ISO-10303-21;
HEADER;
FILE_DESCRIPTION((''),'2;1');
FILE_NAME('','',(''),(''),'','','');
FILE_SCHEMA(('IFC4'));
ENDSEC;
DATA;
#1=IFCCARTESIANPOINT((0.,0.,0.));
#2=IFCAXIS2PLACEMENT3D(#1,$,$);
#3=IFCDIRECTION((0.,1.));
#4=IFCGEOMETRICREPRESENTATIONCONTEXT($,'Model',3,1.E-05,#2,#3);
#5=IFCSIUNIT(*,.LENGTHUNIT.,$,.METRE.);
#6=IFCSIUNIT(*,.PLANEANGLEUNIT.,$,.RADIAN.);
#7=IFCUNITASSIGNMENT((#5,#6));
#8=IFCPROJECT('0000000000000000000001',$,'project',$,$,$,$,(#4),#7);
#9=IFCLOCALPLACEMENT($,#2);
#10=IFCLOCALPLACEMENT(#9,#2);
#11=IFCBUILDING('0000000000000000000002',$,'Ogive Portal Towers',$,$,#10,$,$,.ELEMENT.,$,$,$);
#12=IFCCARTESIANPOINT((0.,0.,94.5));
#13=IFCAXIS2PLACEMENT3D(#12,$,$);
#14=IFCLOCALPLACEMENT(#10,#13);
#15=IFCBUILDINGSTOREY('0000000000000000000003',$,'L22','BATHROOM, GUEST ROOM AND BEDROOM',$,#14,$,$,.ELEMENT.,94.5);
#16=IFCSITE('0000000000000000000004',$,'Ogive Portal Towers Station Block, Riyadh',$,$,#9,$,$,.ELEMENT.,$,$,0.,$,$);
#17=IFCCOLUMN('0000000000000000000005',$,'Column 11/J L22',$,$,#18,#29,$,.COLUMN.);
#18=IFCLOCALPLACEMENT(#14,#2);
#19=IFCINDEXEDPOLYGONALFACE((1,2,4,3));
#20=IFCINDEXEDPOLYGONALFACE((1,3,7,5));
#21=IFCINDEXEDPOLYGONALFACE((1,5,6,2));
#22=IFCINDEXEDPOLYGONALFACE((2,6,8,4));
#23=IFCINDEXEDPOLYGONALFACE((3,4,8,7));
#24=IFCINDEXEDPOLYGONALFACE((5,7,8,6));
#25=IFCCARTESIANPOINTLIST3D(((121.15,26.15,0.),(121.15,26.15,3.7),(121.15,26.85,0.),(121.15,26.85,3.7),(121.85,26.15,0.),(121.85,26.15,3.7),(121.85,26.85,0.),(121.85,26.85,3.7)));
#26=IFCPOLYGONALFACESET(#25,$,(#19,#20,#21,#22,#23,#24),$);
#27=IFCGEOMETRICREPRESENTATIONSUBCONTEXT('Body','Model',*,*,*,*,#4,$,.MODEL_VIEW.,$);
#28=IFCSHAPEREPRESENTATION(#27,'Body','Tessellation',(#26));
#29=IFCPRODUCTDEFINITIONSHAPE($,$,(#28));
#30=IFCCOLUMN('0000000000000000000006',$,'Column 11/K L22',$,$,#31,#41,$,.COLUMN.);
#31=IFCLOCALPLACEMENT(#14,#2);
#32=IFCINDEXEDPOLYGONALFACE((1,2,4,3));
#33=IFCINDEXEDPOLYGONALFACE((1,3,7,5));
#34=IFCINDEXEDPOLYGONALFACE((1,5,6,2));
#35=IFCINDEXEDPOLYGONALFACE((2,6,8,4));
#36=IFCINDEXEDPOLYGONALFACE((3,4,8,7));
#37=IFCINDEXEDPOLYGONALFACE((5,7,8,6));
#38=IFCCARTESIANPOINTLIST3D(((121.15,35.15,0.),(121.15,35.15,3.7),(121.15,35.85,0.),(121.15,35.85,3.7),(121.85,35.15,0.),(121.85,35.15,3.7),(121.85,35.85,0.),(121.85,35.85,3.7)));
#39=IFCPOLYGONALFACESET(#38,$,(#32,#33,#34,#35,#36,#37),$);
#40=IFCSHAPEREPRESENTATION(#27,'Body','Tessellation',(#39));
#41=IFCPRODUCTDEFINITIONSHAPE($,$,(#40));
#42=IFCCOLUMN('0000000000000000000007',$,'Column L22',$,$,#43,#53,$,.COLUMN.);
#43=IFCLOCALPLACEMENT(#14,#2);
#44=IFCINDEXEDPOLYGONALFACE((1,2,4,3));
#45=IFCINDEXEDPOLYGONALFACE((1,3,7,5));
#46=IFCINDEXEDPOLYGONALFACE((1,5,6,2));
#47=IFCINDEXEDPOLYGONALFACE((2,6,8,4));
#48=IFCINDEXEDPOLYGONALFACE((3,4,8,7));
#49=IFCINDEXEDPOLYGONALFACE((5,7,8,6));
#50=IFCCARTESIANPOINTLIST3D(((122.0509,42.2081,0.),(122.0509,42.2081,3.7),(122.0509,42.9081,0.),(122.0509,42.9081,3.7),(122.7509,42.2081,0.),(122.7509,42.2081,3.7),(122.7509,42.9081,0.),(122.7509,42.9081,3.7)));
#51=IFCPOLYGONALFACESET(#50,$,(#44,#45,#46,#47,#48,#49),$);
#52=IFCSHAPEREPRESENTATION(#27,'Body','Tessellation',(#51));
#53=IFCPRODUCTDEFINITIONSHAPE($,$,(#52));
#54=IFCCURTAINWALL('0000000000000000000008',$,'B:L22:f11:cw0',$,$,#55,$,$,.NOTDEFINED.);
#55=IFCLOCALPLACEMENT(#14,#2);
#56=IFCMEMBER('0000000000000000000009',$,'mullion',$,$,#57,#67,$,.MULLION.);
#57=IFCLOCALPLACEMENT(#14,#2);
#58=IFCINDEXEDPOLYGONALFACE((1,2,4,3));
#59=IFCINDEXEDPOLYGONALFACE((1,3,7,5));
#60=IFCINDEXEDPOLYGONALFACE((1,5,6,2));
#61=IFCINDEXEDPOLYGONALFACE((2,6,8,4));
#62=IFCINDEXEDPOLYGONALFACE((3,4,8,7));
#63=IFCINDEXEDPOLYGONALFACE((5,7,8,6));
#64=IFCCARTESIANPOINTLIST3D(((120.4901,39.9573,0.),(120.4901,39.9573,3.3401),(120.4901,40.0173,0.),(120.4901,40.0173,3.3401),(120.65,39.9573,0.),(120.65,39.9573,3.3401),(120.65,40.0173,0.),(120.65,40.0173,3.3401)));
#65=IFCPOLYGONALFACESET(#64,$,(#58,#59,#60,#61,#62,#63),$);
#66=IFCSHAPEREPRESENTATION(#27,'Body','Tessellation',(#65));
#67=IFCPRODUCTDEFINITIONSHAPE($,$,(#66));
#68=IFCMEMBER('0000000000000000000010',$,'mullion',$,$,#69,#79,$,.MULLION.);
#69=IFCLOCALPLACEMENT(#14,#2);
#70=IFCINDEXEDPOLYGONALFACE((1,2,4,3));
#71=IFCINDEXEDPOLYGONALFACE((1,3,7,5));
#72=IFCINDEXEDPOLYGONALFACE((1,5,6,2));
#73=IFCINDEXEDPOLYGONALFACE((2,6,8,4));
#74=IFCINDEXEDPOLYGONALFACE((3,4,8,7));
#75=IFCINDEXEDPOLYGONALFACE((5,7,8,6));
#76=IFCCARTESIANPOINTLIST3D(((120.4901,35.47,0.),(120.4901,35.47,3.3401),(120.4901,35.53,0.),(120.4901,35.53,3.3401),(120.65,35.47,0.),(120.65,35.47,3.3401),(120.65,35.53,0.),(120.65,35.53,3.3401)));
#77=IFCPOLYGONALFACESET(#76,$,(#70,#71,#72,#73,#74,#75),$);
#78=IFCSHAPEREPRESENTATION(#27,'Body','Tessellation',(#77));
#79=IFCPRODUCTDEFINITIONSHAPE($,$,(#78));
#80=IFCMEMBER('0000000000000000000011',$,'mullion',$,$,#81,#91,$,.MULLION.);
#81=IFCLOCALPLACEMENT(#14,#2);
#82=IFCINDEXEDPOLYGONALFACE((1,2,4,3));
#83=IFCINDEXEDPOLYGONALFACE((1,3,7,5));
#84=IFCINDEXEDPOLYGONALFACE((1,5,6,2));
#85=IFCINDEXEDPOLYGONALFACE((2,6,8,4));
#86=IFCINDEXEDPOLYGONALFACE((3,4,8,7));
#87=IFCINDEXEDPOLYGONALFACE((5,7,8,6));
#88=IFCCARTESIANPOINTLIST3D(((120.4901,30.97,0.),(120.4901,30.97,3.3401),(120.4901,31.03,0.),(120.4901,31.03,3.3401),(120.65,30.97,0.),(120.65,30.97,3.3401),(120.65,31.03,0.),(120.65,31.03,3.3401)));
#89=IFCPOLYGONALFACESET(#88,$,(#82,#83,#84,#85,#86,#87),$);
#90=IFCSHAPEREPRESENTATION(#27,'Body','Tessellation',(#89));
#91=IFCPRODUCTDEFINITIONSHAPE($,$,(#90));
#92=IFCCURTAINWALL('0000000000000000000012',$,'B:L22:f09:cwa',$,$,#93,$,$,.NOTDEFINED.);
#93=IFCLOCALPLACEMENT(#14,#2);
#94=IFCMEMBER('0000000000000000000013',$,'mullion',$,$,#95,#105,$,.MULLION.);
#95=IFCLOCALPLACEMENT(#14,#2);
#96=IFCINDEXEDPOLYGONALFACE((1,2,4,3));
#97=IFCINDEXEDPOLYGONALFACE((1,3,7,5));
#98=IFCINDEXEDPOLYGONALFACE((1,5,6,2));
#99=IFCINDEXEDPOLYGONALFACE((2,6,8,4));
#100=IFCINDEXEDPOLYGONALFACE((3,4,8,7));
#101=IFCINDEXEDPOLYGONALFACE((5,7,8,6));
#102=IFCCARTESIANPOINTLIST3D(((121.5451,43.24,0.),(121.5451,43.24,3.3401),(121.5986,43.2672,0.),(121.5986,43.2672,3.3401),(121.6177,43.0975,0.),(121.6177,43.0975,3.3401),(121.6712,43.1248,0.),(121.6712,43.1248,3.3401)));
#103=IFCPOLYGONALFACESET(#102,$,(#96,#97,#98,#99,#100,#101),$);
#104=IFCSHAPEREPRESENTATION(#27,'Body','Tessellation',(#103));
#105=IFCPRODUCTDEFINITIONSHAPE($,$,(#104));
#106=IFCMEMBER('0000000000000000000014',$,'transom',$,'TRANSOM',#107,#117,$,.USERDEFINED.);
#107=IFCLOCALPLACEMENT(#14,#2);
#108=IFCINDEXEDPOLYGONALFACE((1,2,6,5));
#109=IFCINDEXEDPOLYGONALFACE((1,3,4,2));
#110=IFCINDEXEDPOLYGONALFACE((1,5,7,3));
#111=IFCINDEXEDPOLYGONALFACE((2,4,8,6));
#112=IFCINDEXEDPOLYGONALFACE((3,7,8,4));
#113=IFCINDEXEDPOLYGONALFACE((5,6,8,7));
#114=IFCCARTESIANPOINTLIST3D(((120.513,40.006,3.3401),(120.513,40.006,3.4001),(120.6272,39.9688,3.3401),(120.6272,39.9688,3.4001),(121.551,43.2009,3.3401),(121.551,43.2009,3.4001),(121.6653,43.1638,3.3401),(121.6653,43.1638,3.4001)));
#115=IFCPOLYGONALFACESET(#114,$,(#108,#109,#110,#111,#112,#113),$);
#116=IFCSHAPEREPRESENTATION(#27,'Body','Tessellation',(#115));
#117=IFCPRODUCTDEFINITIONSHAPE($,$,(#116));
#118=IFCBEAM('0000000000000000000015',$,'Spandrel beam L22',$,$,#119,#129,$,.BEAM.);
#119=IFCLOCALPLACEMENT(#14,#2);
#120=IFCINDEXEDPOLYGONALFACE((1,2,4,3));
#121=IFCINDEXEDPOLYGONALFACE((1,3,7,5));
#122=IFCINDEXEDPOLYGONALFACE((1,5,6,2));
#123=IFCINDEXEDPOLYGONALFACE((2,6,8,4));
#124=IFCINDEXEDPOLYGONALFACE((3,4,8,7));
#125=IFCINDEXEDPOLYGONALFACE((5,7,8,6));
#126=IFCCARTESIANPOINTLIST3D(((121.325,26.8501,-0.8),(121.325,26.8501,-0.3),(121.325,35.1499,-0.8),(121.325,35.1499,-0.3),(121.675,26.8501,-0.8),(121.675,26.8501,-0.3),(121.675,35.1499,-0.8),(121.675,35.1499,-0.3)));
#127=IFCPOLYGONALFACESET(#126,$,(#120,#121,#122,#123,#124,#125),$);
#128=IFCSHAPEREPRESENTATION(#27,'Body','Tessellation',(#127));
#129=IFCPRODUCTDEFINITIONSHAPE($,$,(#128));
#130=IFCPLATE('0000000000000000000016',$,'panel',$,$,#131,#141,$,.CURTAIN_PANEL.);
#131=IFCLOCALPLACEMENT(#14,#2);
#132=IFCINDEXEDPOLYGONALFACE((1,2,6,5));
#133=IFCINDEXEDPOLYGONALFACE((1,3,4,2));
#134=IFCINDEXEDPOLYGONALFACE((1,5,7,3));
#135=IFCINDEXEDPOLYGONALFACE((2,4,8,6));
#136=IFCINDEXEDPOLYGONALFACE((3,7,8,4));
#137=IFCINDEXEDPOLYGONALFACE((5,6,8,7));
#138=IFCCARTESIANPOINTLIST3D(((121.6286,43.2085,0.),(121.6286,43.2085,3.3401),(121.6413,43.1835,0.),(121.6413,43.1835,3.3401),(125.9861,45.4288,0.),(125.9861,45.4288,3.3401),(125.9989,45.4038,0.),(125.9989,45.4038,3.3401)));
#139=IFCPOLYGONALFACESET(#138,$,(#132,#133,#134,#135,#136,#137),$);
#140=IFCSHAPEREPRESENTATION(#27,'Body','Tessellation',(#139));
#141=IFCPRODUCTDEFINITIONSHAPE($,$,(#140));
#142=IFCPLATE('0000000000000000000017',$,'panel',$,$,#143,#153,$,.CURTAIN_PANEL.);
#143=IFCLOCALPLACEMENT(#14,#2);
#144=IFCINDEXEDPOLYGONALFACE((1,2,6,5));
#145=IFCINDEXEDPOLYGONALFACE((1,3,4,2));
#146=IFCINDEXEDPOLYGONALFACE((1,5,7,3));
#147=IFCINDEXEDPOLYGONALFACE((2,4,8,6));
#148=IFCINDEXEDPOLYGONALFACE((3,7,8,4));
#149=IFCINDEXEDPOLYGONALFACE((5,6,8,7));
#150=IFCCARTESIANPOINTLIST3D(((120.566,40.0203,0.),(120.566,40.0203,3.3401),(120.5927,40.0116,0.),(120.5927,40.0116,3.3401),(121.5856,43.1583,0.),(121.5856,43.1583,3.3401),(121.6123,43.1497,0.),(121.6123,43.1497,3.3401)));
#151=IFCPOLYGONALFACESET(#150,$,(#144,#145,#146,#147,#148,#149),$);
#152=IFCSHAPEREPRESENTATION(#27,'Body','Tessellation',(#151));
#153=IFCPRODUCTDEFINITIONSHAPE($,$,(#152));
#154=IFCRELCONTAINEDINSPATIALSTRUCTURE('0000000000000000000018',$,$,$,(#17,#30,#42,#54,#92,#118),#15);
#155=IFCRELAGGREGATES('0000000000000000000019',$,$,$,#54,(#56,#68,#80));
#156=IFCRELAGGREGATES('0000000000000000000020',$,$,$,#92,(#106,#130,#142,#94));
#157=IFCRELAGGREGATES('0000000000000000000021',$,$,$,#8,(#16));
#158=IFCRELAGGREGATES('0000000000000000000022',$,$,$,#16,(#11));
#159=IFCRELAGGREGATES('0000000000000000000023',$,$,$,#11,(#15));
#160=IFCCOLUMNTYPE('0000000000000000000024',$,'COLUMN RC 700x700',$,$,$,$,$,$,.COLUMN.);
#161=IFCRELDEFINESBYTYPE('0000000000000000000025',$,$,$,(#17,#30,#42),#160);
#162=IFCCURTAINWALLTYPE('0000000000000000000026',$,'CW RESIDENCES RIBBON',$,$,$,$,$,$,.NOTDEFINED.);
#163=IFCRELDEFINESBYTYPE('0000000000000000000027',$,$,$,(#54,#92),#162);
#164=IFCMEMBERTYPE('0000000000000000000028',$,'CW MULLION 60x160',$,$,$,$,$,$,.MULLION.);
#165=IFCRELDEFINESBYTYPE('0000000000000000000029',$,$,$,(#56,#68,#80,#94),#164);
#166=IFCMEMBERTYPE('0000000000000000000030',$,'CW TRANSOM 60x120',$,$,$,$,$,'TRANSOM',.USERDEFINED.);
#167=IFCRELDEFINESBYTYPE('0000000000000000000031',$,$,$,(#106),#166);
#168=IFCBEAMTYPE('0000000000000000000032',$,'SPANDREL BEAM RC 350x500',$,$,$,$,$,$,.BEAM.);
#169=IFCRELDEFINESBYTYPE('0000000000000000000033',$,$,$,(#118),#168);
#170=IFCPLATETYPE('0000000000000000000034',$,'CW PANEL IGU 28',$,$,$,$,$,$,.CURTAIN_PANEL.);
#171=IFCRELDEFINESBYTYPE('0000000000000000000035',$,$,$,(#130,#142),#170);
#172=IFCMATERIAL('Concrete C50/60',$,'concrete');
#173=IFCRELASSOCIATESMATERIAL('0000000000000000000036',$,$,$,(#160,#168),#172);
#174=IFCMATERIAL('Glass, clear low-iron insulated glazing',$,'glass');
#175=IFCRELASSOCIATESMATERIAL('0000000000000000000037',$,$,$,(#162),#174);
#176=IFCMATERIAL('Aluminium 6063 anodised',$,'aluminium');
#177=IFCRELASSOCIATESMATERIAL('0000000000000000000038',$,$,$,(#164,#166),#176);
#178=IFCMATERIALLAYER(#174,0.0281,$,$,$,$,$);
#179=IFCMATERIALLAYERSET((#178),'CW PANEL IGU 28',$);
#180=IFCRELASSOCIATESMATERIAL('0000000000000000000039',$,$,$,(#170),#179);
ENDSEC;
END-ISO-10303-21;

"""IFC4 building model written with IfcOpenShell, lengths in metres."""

from ifc_helpers import new_model, si_unit, direction, frame, origin, origin_2d, place, context, subcontext, project, spatial, rectangle, extrude, material, layer, layer_set, material_profile, profile_set, type_object, element, aggregate, save


model = new_model("IFC4")

# Units and contexts
model_context = context("Model", 3, precision=1e-05, world=origin(), true_north=direction((0.0, 1.0)))
body_context = subcontext(model_context, "Body", "Model", "MODEL_VIEW")
ifc_project = project(units=[si_unit("LENGTHUNIT", "METRE"), si_unit("PLANEANGLEUNIT", "RADIAN")], contexts=[model_context])

# Site, building, storey
site_placement = place(None, origin())
site = spatial("IfcSite", under=ifc_project, at=site_placement, Name="Ogive Portal Towers Station Block, Riyadh", CompositionType="ELEMENT", RefElevation=0.0)
building_placement = place(site_placement, origin())
building = spatial("IfcBuilding", under=site, at=building_placement, Name="Ogive Portal Towers", CompositionType="ELEMENT")
storey_placement = place(building_placement, frame((0.0, 0.0, 94.5)))
storey = spatial("IfcBuildingStorey", under=building, at=storey_placement, Name="L22", Description="BATHROOM, GUEST ROOM AND BEDROOM", CompositionType="ELEMENT", Elevation=94.5)

# Columns
ifc_material_1 = material(Name="Concrete C50/60", Category="concrete")
ifc_material_profile_1 = material_profile(ifc_material_1, rectangle(XDim=0.7, YDim=0.7, at=origin_2d()), Name="RC 700x700")
ifc_profile_set_1 = profile_set([ifc_material_profile_1], Name="Concrete C50/60")
column_type = type_object("IfcColumnType", Name="COLUMN RC 700x700", PredefinedType="COLUMN", material=ifc_profile_set_1)
for number, where, z_axis, x_axis, name in (
    (1, (121.5, 26.5, 0.0), (0.0, 0.0, 1.0), (1.0, 0.0, 0.0), "Column 11/J L22"),
    (2, (121.5, 35.5, 0.0), (0.0, 0.0, 1.0), (1.0, 0.0, 0.0), "Column 11/K L22"),
    (3, (122.4009, 42.5581, 0.0), (0.0, 0.0, 1.0), (1.0, 0.0, 0.0), "Column L22"),
):
    element("IfcColumn", number, at=place(storey_placement, frame(where, z_axis=z_axis, x_axis=x_axis)), inside=storey, type_object=column_type, Name=name, PredefinedType="COLUMN", context=body_context, shape_type="SweptSolid", body=[
        extrude(rectangle(XDim=0.7, YDim=0.7, at=origin_2d()), origin(), (0.0, 0.0, 1.0), 3.7),
    ])

# Curtain walls, members
ifc_material_2 = material(Name="Glass, clear low-iron insulated glazing", Category="glass")
curtain_wall_type = type_object("IfcCurtainWallType", Name="CW RESIDENCES RIBBON", PredefinedType="NOTDEFINED", material=ifc_material_2)
curtain_wall_1_placement = place(storey_placement, origin())
curtain_wall_1 = element("IfcCurtainWall", 4, at=curtain_wall_1_placement, inside=storey, type_object=curtain_wall_type, Name="B:L22:f11:cw0", PredefinedType="NOTDEFINED")
ifc_material_3 = material(Name="Aluminium 6063 anodised", Category="aluminium")
ifc_material_profile_2 = material_profile(ifc_material_3, rectangle(XDim=0.1599, YDim=0.0601, at=origin_2d()), Name="AL 60x160")
ifc_profile_set_2 = profile_set([ifc_material_profile_2], Name="Aluminium 6063 anodised")
member_type_1 = type_object("IfcMemberType", Name="CW MULLION 60x160", PredefinedType="MULLION", material=ifc_profile_set_2)
member_1_placement = place(storey_placement, frame((120.5701, 39.9873, 0.0), z_axis=(0.0, 0.0, 1.0), x_axis=(1.0, 0.0, 0.0)))
member_1 = element("IfcMember", 5, at=member_1_placement, type_object=member_type_1, Name="mullion", PredefinedType="MULLION", context=body_context, shape_type="SweptSolid", body=[
    extrude(rectangle(XDim=0.1599, YDim=0.0601, at=origin_2d()), origin(), (0.0, 0.0, 1.0), 3.3401),
])
member_2_placement = place(storey_placement, frame((120.5701, 35.5, 0.0), z_axis=(0.0, 0.0, 1.0), x_axis=(1.0, 0.0, 0.0)))
member_2 = element("IfcMember", 6, at=member_2_placement, type_object=member_type_1, Name="mullion", PredefinedType="MULLION", context=body_context, shape_type="SweptSolid", body=[
    extrude(rectangle(XDim=0.1599, YDim=0.0601, at=origin_2d()), origin(), (0.0, 0.0, 1.0), 3.3401),
])
member_3_placement = place(storey_placement, frame((120.5701, 31.0, 0.0), z_axis=(0.0, 0.0, 1.0), x_axis=(1.0, 0.0, 0.0)))
member_3 = element("IfcMember", 7, at=member_3_placement, type_object=member_type_1, Name="mullion", PredefinedType="MULLION", context=body_context, shape_type="SweptSolid", body=[
    extrude(rectangle(XDim=0.1599, YDim=0.0601, at=origin_2d()), origin(), (0.0, 0.0, 1.0), 3.3401),
])
aggregate(curtain_wall_1, [member_1, member_2, member_3])
curtain_wall_2_placement = place(storey_placement, origin())
curtain_wall_2 = element("IfcCurtainWall", 8, at=curtain_wall_2_placement, inside=storey, type_object=curtain_wall_type, Name="B:L22:f09:cwa", PredefinedType="NOTDEFINED")
member_4_placement = place(storey_placement, frame((121.6082, 43.1824, 0.0), z_axis=(0.0, 0.0, 1.0), x_axis=(0.45399, -0.891007, 0.0)))
member_4 = element("IfcMember", 9, at=member_4_placement, type_object=member_type_1, Name="mullion", PredefinedType="MULLION", context=body_context, shape_type="SweptSolid", body=[
    extrude(rectangle(XDim=0.1599, YDim=0.0601, at=origin_2d()), origin(), (0.0, 0.0, 1.0), 3.3401),
])
ifc_material_profile_3 = material_profile(ifc_material_3, rectangle(XDim=0.1201, YDim=0.0601, at=origin_2d()), Name="AL 120x60")
ifc_profile_set_3 = profile_set([ifc_material_profile_3], Name="Aluminium 6063 anodised")
member_type_2 = type_object("IfcMemberType", Name="CW TRANSOM 60x120", ElementType="TRANSOM", PredefinedType="USERDEFINED", material=ifc_profile_set_3)
member_5_placement = place(storey_placement, frame((121.6082, 43.1824, 3.3701), z_axis=(-0.309002, -0.951061, 0.0), x_axis=(0.951061, -0.309002, 0.0)))
member_5 = element("IfcMember", 10, at=member_5_placement, type_object=member_type_2, Name="transom", ObjectType="TRANSOM", PredefinedType="USERDEFINED", context=body_context, shape_type="SweptSolid", body=[
    extrude(rectangle(XDim=0.1201, YDim=0.0601, at=origin_2d()), origin(), (0.0, 0.0, 1.0), 3.3594),
])

# Beam
ifc_material_profile_4 = material_profile(ifc_material_1, rectangle(XDim=0.3501, YDim=0.5, at=origin_2d()), Name="RC 350x500")
ifc_profile_set_4 = profile_set([ifc_material_profile_4], Name="Concrete C50/60")
beam_type = type_object("IfcBeamType", Name="SPANDREL BEAM RC 350x500", PredefinedType="BEAM", material=ifc_profile_set_4)
beam_placement = place(storey_placement, frame((121.5, 35.1499, -0.55), z_axis=(0.0, -1.0, 0.0), x_axis=(1.0, 0.0, 0.0)))
element("IfcBeam", 11, at=beam_placement, inside=storey, type_object=beam_type, Name="Spandrel beam L22", PredefinedType="BEAM", context=body_context, shape_type="SweptSolid", body=[
    extrude(rectangle(XDim=0.3501, YDim=0.5, at=origin_2d()), origin(), (0.0, 0.0, 1.0), 8.2998),
])

# Plates
ifc_layer_1 = layer(ifc_material_2, 0.0281)
ifc_layer_set_1 = layer_set([ifc_layer_1], Name="CW PANEL IGU 28")
plate_type = type_object("IfcPlateType", Name="CW PANEL IGU 28", PredefinedType="CURTAIN_PANEL", material=ifc_layer_set_1)
plate_1_placement = place(storey_placement, frame((123.8137, 44.3062, 0.0), z_axis=(0.0, 0.0, 1.0), x_axis=(-0.891007, -0.45399, 0.0)))
plate_1 = element("IfcPlate", 12, at=plate_1_placement, type_object=plate_type, Name="panel", PredefinedType="CURTAIN_PANEL", context=body_context, shape_type="SweptSolid", body=[
    extrude(rectangle(XDim=4.8906, YDim=0.0281, at=origin_2d()), origin(), (0.0, 0.0, 1.0), 3.3401),
])
plate_2_placement = place(storey_placement, frame((121.0891, 41.585, 0.0), z_axis=(0.0, 0.0, 1.0), x_axis=(-0.309017, -0.951057, 0.0)))
plate_2 = element("IfcPlate", 13, at=plate_2_placement, type_object=plate_type, Name="panel", PredefinedType="CURTAIN_PANEL", context=body_context, shape_type="SweptSolid", body=[
    extrude(rectangle(XDim=3.2996, YDim=0.0281, at=origin_2d()), origin(), (0.0, 0.0, 1.0), 3.3401),
])
aggregate(curtain_wall_2, [member_5, plate_1, plate_2, member_4])

save(model, "model.ifc")
